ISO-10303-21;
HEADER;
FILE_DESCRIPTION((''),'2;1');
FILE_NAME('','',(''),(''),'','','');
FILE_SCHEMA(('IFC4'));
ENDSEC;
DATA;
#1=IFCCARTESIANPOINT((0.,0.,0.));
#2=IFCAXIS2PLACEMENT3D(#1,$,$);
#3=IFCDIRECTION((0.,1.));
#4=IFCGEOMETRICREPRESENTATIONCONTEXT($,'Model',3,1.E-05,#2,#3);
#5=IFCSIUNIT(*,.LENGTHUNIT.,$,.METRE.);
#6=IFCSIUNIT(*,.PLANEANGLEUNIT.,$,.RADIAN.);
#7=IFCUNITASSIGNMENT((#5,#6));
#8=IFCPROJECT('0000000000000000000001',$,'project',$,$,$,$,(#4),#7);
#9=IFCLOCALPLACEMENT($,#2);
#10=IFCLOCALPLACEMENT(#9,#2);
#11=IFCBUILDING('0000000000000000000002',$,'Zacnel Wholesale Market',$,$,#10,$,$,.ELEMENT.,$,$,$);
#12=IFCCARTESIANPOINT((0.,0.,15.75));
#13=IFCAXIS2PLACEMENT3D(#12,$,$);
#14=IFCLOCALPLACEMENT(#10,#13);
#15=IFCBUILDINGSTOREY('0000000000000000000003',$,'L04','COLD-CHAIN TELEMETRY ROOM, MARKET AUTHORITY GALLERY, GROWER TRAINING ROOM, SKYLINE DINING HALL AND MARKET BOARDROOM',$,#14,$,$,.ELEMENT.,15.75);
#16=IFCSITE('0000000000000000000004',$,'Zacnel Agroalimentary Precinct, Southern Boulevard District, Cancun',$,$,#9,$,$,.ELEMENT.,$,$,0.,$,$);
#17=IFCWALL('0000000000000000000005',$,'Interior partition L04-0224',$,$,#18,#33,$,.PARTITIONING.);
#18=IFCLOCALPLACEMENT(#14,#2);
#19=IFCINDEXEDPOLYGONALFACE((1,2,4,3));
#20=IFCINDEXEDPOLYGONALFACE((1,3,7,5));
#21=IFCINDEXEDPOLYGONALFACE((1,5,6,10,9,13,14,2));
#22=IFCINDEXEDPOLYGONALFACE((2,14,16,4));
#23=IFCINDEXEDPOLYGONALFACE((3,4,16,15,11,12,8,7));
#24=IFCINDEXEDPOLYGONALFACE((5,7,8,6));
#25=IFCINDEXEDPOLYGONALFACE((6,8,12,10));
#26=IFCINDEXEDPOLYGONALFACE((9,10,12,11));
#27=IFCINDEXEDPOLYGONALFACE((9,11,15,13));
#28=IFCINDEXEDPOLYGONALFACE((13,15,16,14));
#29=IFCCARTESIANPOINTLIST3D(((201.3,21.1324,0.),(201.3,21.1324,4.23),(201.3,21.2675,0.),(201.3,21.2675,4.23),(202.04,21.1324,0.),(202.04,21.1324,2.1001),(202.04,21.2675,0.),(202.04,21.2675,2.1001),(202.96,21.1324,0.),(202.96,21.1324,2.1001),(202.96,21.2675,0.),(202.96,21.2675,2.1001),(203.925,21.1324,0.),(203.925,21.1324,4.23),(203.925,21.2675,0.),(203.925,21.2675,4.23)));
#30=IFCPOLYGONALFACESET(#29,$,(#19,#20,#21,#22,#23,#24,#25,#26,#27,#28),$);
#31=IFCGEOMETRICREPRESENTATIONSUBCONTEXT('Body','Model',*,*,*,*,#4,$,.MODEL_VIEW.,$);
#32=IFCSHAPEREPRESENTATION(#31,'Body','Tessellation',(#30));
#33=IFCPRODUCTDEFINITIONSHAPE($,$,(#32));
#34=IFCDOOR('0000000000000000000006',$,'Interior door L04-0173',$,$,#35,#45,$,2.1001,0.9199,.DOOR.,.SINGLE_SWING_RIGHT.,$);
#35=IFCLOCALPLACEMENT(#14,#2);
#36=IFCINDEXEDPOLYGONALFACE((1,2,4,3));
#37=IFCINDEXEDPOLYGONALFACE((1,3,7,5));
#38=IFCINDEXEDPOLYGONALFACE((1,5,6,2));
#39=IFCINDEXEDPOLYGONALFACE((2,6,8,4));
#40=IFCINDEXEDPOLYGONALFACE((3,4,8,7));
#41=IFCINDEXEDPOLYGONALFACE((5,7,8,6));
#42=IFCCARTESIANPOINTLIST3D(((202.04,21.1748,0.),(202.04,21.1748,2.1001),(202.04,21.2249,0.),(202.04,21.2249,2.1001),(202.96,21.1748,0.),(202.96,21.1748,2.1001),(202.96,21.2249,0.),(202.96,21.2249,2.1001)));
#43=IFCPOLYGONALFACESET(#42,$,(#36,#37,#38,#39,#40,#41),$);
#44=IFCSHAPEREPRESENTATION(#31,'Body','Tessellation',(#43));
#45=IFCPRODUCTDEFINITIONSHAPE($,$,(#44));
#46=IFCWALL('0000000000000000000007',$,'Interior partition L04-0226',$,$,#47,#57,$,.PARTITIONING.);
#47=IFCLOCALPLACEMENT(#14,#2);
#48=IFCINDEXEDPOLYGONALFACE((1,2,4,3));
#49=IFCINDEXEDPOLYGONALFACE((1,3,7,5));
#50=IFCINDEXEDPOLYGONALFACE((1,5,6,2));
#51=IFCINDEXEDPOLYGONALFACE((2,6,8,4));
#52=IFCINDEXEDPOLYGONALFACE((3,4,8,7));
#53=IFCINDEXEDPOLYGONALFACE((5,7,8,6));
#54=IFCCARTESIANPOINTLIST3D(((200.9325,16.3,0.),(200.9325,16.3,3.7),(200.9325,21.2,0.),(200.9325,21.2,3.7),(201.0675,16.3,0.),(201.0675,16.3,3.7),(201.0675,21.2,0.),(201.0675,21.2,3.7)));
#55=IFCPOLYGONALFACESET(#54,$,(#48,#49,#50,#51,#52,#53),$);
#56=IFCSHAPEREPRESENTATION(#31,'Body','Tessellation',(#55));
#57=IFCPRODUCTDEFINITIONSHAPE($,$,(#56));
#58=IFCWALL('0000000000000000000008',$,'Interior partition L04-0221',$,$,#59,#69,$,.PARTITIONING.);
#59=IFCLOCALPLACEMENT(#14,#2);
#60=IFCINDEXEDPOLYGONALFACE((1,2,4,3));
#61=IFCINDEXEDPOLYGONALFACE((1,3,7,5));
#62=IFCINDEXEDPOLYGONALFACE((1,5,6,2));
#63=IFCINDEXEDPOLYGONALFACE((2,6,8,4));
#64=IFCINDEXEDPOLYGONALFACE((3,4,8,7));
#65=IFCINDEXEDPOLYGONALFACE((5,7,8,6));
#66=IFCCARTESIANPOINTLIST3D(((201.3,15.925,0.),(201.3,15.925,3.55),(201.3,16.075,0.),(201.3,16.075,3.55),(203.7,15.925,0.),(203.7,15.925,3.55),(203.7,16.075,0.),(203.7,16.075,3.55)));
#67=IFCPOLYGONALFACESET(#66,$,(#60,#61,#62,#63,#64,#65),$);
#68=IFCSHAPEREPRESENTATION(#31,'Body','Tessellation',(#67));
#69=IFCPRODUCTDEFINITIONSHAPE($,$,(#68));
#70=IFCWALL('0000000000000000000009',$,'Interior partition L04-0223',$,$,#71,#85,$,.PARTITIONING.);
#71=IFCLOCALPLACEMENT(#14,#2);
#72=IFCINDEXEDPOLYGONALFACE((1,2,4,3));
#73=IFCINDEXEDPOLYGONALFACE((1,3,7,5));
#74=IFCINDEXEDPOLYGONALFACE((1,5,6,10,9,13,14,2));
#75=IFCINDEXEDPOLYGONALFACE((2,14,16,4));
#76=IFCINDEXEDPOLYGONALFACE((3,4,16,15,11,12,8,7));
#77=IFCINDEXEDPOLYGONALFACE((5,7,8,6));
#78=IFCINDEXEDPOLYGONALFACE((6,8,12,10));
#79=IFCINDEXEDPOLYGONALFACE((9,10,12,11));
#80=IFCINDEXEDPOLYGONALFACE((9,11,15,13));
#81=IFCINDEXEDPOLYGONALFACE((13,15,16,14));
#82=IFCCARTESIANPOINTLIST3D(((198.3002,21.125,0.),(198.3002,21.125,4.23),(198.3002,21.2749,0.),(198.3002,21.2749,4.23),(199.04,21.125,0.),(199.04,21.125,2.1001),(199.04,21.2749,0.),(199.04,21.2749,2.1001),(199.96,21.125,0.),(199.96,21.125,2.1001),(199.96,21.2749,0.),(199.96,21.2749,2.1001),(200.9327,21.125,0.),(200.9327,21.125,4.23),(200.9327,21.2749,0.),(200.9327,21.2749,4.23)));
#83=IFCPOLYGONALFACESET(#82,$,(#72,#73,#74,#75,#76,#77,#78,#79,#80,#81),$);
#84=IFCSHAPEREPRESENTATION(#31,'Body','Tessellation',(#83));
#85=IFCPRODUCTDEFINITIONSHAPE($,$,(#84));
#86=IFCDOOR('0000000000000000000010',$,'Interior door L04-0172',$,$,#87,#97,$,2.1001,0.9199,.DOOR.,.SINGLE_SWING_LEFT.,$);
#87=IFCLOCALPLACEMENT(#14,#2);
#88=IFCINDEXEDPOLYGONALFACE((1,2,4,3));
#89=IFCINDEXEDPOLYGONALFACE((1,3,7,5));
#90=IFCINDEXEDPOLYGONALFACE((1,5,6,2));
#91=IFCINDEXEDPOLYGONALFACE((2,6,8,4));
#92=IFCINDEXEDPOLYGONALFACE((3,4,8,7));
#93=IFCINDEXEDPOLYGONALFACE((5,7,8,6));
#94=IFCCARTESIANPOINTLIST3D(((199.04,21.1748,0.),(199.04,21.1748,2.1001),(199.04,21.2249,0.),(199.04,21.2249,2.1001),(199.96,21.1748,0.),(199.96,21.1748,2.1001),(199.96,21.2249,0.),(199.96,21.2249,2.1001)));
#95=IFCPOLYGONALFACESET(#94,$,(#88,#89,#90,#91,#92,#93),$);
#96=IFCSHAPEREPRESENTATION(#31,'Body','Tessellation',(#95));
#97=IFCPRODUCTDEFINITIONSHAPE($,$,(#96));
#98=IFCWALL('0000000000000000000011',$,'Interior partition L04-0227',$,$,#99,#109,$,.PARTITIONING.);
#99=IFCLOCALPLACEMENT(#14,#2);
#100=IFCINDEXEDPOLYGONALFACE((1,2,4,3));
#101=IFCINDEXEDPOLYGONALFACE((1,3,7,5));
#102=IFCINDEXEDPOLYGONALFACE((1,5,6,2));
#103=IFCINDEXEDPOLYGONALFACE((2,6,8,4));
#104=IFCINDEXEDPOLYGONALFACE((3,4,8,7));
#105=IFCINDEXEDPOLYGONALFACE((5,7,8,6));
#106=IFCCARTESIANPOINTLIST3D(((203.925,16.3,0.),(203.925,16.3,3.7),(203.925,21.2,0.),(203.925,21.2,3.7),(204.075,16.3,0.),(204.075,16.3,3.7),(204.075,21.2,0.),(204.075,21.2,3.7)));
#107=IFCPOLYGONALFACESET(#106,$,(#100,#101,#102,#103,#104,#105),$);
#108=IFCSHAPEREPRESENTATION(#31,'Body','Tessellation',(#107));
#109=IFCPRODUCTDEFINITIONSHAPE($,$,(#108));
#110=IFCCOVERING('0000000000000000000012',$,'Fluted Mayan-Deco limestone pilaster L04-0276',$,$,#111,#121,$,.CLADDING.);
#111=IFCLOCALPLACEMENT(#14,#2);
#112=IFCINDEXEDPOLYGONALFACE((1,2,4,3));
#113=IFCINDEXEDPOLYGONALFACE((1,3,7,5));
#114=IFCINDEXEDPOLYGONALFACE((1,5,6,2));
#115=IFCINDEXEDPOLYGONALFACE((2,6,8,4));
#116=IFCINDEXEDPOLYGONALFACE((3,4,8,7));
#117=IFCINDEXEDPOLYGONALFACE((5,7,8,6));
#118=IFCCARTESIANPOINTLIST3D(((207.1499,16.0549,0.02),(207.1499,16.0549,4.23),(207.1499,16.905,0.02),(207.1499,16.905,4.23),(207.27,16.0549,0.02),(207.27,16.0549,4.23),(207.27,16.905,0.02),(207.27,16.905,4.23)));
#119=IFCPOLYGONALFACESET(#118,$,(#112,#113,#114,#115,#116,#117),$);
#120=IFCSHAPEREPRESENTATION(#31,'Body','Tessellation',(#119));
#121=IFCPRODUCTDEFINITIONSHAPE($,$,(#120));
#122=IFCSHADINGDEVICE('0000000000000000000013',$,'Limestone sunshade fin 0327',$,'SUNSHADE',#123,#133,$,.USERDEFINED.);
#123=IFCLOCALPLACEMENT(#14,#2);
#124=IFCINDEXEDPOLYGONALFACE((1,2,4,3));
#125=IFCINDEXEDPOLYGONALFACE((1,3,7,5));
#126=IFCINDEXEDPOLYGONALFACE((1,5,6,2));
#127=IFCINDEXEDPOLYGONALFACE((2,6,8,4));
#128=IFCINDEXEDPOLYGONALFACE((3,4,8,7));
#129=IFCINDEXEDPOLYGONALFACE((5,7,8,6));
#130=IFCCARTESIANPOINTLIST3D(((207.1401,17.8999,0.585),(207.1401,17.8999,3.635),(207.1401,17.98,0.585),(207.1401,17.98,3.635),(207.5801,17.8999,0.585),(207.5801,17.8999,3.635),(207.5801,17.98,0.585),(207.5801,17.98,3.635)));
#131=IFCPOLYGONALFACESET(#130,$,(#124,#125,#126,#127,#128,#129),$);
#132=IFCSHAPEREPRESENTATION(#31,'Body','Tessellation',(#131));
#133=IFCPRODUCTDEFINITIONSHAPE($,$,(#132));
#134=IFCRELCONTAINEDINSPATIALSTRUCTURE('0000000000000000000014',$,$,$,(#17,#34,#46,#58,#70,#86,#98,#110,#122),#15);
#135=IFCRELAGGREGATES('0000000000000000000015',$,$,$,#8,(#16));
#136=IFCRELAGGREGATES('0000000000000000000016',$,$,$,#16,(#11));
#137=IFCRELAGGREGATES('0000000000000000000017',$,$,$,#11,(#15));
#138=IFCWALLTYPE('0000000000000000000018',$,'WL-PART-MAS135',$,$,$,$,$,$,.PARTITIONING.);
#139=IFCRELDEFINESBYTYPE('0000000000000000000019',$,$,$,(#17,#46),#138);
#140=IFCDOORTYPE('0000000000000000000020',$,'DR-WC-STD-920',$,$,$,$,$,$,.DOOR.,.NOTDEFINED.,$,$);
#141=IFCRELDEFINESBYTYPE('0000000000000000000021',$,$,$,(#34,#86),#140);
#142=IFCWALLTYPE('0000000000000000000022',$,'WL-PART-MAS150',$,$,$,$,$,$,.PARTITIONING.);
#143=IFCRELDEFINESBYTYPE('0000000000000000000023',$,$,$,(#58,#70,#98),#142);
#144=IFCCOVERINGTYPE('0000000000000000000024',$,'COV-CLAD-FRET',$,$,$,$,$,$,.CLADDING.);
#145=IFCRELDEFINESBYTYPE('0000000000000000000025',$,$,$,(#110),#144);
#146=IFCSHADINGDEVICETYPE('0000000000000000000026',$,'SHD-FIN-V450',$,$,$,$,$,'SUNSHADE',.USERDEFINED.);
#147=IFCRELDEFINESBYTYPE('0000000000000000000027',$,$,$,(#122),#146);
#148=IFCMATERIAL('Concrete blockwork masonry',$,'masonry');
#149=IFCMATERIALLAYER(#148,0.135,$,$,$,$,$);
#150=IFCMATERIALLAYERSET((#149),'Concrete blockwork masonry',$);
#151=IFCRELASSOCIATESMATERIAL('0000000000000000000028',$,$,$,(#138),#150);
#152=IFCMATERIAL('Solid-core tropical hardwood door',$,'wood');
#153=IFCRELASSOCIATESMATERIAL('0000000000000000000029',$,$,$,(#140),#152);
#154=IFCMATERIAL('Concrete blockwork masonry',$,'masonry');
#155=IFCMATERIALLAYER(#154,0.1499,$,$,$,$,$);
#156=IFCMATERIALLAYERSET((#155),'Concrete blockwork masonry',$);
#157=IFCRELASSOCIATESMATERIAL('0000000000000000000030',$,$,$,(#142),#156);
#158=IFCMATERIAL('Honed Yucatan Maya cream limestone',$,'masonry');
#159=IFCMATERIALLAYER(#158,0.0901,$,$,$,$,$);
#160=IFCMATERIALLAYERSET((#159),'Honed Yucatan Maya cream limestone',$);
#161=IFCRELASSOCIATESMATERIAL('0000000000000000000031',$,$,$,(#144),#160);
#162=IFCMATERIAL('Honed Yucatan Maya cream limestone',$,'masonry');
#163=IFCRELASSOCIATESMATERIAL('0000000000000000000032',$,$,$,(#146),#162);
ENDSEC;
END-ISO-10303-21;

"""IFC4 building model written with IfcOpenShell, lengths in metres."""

from ifc_helpers import new_model, si_unit, direction, frame, frame_2d, origin, origin_2d, place, context, subcontext, project, spatial, rectangle, extrude, material, layer, layer_set, type_object, element, fill, save


model = new_model("IFC4")

# Units and contexts
model_context = context("Model", 3, precision=1e-05, world=origin(), true_north=direction((0.0, 1.0)))
body_context = subcontext(model_context, "Body", "Model", "MODEL_VIEW")
ifc_project = project(units=[si_unit("LENGTHUNIT", "METRE"), si_unit("PLANEANGLEUNIT", "RADIAN")], contexts=[model_context])

# Site, building, storey
site_placement = place(None, origin())
site = spatial("IfcSite", under=ifc_project, at=site_placement, Name="Zacnel Agroalimentary Precinct, Southern Boulevard District, Cancun", CompositionType="ELEMENT", RefElevation=0.0)
building_placement = place(site_placement, origin())
building = spatial("IfcBuilding", under=site, at=building_placement, Name="Zacnel Wholesale Market", CompositionType="ELEMENT")
storey_placement = place(building_placement, frame((0.0, 0.0, 15.75)))
storey = spatial("IfcBuildingStorey", under=building, at=storey_placement, Name="L04", Description="COLD-CHAIN TELEMETRY ROOM, MARKET AUTHORITY GALLERY, GROWER TRAINING ROOM, SKYLINE DINING HALL AND MARKET BOARDROOM", CompositionType="ELEMENT", Elevation=15.75)

# Shared definitions
ifc_material_1 = material(Name="Concrete blockwork masonry", Category="masonry")
ifc_layer_1 = layer(ifc_material_1, 0.135)
ifc_layer_set_1 = layer_set([ifc_layer_1], Name="Concrete blockwork masonry")
wall_type_1 = type_object("IfcWallType", Name="WL-PART-MAS135", PredefinedType="PARTITIONING", material=ifc_layer_set_1)

# Wall, opening, door
wall_1_placement = place(storey_placement, frame((201.3, 21.2, 0.0), z_axis=(0.0, 0.0, 1.0), x_axis=(1.0, 0.0, 0.0)))
wall_1 = element("IfcWall", 1, at=wall_1_placement, inside=storey, type_object=wall_type_1, Name="Interior partition L04-0224", PredefinedType="PARTITIONING", context=body_context, shape_type="SweptSolid", body=[
    extrude(rectangle(XDim=2.625, YDim=0.135, at=frame_2d((1.3125, 0.0))), origin(), (0.0, 0.0, 1.0), 4.23),
])
opening_1_placement = place(wall_1_placement, frame((0.74, 0.0, 0.0)))
opening_1 = element("IfcOpeningElement", 2, at=opening_1_placement, cuts=wall_1, PredefinedType="OPENING", context=body_context, shape_type="SweptSolid", body=[
    extrude(rectangle(XDim=0.9199, YDim=2.1001, at=frame_2d((0.46, 1.05))), frame((0.0, 0.0774, 0.0), z_axis=(0.0, -1.0, 0.0), x_axis=(1.0, 0.0, 0.0)), (0.0, 0.0, 1.0), 0.155),
])
ifc_material_2 = material(Name="Solid-core tropical hardwood door", Category="wood")
door_type_1 = type_object("IfcDoorType", Name="DR-WC-STD-920", OperationType="NOTDEFINED", PredefinedType="DOOR", material=ifc_material_2)
door_1_placement = place(opening_1_placement, origin())
door_1 = element("IfcDoor", 3, at=door_1_placement, inside=storey, type_object=door_type_1, Name="Interior door L04-0173", OperationType="SINGLE_SWING_RIGHT", OverallHeight=2.1001, OverallWidth=0.9199, PredefinedType="DOOR", context=body_context, shape_type="SweptSolid", body=[
    extrude(rectangle(XDim=0.9199, YDim=2.1001, at=frame_2d((0.46, 1.05))), frame((0.0, 0.0249, 0.0), z_axis=(0.0, -1.0, 0.0), x_axis=(1.0, 0.0, 0.0)), (0.0, 0.0, 1.0), 0.05),
])
fill(opening_1, door_1)

# Walls
wall_2_placement = place(storey_placement, frame((201.0, 16.3, 0.0), z_axis=(0.0, 0.0, 1.0), x_axis=(0.0, 1.0, 0.0)))
element("IfcWall", 4, at=wall_2_placement, inside=storey, type_object=wall_type_1, Name="Interior partition L04-0226", PredefinedType="PARTITIONING", context=body_context, shape_type="SweptSolid", body=[
    extrude(rectangle(XDim=4.8999, YDim=0.135, at=frame_2d((2.45, 0.0))), origin(), (0.0, 0.0, 1.0), 3.7),
])
ifc_material_3 = material(Name="Concrete blockwork masonry", Category="masonry")
ifc_layer_2 = layer(ifc_material_3, 0.1499)
ifc_layer_set_2 = layer_set([ifc_layer_2], Name="Concrete blockwork masonry")
wall_type_2 = type_object("IfcWallType", Name="WL-PART-MAS150", PredefinedType="PARTITIONING", material=ifc_layer_set_2)
wall_3_placement = place(storey_placement, frame((201.3, 16.0, 0.0), z_axis=(0.0, 0.0, 1.0), x_axis=(1.0, 0.0, 0.0)))
element("IfcWall", 5, at=wall_3_placement, inside=storey, type_object=wall_type_2, Name="Interior partition L04-0221", PredefinedType="PARTITIONING", context=body_context, shape_type="SweptSolid", body=[
    extrude(rectangle(XDim=2.3999, YDim=0.1499, at=frame_2d((1.2, 0.0))), origin(), (0.0, 0.0, 1.0), 3.55),
])

# Wall, opening, door
wall_4_placement = place(storey_placement, frame((198.3, 21.2, 0.0), z_axis=(0.0, 0.0, 1.0), x_axis=(1.0, 0.0, 0.0)))
wall_4 = element("IfcWall", 6, at=wall_4_placement, inside=storey, type_object=wall_type_2, Name="Interior partition L04-0223", PredefinedType="PARTITIONING", context=body_context, shape_type="SweptSolid", body=[
    extrude(rectangle(XDim=2.6326, YDim=0.1499, at=frame_2d((1.3164, 0.0))), origin(), (0.0, 0.0, 1.0), 4.23),
])
opening_2_placement = place(wall_4_placement, frame((0.74, 0.0, 0.0)))
opening_2 = element("IfcOpeningElement", 7, at=opening_2_placement, cuts=wall_4, PredefinedType="OPENING", context=body_context, shape_type="SweptSolid", body=[
    extrude(rectangle(XDim=0.9199, YDim=2.1001, at=frame_2d((0.46, 1.05))), frame((0.0, 0.085, 0.0), z_axis=(0.0, -1.0, 0.0), x_axis=(1.0, 0.0, 0.0)), (0.0, 0.0, 1.0), 0.1699),
])
door_2_placement = place(opening_2_placement, origin())
door_2 = element("IfcDoor", 8, at=door_2_placement, inside=storey, type_object=door_type_1, Name="Interior door L04-0172", OperationType="SINGLE_SWING_LEFT", OverallHeight=2.1001, OverallWidth=0.9199, PredefinedType="DOOR", context=body_context, shape_type="SweptSolid", body=[
    extrude(rectangle(XDim=0.9199, YDim=2.1001, at=frame_2d((0.46, 1.05))), frame((0.0, 0.0249, 0.0), z_axis=(0.0, -1.0, 0.0), x_axis=(1.0, 0.0, 0.0)), (0.0, 0.0, 1.0), 0.05),
])
fill(opening_2, door_2)

# Wall
wall_5_placement = place(storey_placement, frame((204.0, 16.3, 0.0), z_axis=(0.0, 0.0, 1.0), x_axis=(0.0, 1.0, 0.0)))
element("IfcWall", 9, at=wall_5_placement, inside=storey, type_object=wall_type_2, Name="Interior partition L04-0227", PredefinedType="PARTITIONING", context=body_context, shape_type="SweptSolid", body=[
    extrude(rectangle(XDim=4.8999, YDim=0.1499, at=frame_2d((2.45, 0.0))), origin(), (0.0, 0.0, 1.0), 3.7),
])

# Covering
ifc_material_4 = material(Name="Honed Yucatan Maya cream limestone", Category="masonry")
ifc_layer_3 = layer(ifc_material_4, 0.0901)
ifc_layer_set_3 = layer_set([ifc_layer_3], Name="Honed Yucatan Maya cream limestone")
covering_type = type_object("IfcCoveringType", Name="COV-CLAD-FRET", PredefinedType="CLADDING", material=ifc_layer_set_3)
covering_placement = place(storey_placement, frame((207.21, 16.48, 0.02), z_axis=(0.0, 0.0, 1.0), x_axis=(0.0, 1.0, 0.0)))
element("IfcCovering", 10, at=covering_placement, inside=storey, type_object=covering_type, Name="Fluted Mayan-Deco limestone pilaster L04-0276", PredefinedType="CLADDING", context=body_context, shape_type="SweptSolid", body=[
    extrude(rectangle(XDim=0.8501, YDim=0.1201, at=origin_2d()), origin(), (0.0, 0.0, 1.0), 4.21),
])

# Shading device
ifc_material_5 = material(Name="Honed Yucatan Maya cream limestone", Category="masonry")
shading_device_type = type_object("IfcShadingDeviceType", Name="SHD-FIN-V450", ElementType="SUNSHADE", PredefinedType="USERDEFINED", material=ifc_material_5)
shading_device_placement = place(storey_placement, frame((207.3601, 17.9399, 0.585), z_axis=(0.0, 0.0, 1.0), x_axis=(0.0, 1.0, 0.0)))
element("IfcShadingDevice", 11, at=shading_device_placement, inside=storey, type_object=shading_device_type, Name="Limestone sunshade fin 0327", ObjectType="SUNSHADE", PredefinedType="USERDEFINED", context=body_context, shape_type="SweptSolid", body=[
    extrude(rectangle(XDim=0.0801, YDim=0.4399, at=origin_2d()), origin(), (0.0, 0.0, 1.0), 3.05),
])

save(model, "model.ifc")
